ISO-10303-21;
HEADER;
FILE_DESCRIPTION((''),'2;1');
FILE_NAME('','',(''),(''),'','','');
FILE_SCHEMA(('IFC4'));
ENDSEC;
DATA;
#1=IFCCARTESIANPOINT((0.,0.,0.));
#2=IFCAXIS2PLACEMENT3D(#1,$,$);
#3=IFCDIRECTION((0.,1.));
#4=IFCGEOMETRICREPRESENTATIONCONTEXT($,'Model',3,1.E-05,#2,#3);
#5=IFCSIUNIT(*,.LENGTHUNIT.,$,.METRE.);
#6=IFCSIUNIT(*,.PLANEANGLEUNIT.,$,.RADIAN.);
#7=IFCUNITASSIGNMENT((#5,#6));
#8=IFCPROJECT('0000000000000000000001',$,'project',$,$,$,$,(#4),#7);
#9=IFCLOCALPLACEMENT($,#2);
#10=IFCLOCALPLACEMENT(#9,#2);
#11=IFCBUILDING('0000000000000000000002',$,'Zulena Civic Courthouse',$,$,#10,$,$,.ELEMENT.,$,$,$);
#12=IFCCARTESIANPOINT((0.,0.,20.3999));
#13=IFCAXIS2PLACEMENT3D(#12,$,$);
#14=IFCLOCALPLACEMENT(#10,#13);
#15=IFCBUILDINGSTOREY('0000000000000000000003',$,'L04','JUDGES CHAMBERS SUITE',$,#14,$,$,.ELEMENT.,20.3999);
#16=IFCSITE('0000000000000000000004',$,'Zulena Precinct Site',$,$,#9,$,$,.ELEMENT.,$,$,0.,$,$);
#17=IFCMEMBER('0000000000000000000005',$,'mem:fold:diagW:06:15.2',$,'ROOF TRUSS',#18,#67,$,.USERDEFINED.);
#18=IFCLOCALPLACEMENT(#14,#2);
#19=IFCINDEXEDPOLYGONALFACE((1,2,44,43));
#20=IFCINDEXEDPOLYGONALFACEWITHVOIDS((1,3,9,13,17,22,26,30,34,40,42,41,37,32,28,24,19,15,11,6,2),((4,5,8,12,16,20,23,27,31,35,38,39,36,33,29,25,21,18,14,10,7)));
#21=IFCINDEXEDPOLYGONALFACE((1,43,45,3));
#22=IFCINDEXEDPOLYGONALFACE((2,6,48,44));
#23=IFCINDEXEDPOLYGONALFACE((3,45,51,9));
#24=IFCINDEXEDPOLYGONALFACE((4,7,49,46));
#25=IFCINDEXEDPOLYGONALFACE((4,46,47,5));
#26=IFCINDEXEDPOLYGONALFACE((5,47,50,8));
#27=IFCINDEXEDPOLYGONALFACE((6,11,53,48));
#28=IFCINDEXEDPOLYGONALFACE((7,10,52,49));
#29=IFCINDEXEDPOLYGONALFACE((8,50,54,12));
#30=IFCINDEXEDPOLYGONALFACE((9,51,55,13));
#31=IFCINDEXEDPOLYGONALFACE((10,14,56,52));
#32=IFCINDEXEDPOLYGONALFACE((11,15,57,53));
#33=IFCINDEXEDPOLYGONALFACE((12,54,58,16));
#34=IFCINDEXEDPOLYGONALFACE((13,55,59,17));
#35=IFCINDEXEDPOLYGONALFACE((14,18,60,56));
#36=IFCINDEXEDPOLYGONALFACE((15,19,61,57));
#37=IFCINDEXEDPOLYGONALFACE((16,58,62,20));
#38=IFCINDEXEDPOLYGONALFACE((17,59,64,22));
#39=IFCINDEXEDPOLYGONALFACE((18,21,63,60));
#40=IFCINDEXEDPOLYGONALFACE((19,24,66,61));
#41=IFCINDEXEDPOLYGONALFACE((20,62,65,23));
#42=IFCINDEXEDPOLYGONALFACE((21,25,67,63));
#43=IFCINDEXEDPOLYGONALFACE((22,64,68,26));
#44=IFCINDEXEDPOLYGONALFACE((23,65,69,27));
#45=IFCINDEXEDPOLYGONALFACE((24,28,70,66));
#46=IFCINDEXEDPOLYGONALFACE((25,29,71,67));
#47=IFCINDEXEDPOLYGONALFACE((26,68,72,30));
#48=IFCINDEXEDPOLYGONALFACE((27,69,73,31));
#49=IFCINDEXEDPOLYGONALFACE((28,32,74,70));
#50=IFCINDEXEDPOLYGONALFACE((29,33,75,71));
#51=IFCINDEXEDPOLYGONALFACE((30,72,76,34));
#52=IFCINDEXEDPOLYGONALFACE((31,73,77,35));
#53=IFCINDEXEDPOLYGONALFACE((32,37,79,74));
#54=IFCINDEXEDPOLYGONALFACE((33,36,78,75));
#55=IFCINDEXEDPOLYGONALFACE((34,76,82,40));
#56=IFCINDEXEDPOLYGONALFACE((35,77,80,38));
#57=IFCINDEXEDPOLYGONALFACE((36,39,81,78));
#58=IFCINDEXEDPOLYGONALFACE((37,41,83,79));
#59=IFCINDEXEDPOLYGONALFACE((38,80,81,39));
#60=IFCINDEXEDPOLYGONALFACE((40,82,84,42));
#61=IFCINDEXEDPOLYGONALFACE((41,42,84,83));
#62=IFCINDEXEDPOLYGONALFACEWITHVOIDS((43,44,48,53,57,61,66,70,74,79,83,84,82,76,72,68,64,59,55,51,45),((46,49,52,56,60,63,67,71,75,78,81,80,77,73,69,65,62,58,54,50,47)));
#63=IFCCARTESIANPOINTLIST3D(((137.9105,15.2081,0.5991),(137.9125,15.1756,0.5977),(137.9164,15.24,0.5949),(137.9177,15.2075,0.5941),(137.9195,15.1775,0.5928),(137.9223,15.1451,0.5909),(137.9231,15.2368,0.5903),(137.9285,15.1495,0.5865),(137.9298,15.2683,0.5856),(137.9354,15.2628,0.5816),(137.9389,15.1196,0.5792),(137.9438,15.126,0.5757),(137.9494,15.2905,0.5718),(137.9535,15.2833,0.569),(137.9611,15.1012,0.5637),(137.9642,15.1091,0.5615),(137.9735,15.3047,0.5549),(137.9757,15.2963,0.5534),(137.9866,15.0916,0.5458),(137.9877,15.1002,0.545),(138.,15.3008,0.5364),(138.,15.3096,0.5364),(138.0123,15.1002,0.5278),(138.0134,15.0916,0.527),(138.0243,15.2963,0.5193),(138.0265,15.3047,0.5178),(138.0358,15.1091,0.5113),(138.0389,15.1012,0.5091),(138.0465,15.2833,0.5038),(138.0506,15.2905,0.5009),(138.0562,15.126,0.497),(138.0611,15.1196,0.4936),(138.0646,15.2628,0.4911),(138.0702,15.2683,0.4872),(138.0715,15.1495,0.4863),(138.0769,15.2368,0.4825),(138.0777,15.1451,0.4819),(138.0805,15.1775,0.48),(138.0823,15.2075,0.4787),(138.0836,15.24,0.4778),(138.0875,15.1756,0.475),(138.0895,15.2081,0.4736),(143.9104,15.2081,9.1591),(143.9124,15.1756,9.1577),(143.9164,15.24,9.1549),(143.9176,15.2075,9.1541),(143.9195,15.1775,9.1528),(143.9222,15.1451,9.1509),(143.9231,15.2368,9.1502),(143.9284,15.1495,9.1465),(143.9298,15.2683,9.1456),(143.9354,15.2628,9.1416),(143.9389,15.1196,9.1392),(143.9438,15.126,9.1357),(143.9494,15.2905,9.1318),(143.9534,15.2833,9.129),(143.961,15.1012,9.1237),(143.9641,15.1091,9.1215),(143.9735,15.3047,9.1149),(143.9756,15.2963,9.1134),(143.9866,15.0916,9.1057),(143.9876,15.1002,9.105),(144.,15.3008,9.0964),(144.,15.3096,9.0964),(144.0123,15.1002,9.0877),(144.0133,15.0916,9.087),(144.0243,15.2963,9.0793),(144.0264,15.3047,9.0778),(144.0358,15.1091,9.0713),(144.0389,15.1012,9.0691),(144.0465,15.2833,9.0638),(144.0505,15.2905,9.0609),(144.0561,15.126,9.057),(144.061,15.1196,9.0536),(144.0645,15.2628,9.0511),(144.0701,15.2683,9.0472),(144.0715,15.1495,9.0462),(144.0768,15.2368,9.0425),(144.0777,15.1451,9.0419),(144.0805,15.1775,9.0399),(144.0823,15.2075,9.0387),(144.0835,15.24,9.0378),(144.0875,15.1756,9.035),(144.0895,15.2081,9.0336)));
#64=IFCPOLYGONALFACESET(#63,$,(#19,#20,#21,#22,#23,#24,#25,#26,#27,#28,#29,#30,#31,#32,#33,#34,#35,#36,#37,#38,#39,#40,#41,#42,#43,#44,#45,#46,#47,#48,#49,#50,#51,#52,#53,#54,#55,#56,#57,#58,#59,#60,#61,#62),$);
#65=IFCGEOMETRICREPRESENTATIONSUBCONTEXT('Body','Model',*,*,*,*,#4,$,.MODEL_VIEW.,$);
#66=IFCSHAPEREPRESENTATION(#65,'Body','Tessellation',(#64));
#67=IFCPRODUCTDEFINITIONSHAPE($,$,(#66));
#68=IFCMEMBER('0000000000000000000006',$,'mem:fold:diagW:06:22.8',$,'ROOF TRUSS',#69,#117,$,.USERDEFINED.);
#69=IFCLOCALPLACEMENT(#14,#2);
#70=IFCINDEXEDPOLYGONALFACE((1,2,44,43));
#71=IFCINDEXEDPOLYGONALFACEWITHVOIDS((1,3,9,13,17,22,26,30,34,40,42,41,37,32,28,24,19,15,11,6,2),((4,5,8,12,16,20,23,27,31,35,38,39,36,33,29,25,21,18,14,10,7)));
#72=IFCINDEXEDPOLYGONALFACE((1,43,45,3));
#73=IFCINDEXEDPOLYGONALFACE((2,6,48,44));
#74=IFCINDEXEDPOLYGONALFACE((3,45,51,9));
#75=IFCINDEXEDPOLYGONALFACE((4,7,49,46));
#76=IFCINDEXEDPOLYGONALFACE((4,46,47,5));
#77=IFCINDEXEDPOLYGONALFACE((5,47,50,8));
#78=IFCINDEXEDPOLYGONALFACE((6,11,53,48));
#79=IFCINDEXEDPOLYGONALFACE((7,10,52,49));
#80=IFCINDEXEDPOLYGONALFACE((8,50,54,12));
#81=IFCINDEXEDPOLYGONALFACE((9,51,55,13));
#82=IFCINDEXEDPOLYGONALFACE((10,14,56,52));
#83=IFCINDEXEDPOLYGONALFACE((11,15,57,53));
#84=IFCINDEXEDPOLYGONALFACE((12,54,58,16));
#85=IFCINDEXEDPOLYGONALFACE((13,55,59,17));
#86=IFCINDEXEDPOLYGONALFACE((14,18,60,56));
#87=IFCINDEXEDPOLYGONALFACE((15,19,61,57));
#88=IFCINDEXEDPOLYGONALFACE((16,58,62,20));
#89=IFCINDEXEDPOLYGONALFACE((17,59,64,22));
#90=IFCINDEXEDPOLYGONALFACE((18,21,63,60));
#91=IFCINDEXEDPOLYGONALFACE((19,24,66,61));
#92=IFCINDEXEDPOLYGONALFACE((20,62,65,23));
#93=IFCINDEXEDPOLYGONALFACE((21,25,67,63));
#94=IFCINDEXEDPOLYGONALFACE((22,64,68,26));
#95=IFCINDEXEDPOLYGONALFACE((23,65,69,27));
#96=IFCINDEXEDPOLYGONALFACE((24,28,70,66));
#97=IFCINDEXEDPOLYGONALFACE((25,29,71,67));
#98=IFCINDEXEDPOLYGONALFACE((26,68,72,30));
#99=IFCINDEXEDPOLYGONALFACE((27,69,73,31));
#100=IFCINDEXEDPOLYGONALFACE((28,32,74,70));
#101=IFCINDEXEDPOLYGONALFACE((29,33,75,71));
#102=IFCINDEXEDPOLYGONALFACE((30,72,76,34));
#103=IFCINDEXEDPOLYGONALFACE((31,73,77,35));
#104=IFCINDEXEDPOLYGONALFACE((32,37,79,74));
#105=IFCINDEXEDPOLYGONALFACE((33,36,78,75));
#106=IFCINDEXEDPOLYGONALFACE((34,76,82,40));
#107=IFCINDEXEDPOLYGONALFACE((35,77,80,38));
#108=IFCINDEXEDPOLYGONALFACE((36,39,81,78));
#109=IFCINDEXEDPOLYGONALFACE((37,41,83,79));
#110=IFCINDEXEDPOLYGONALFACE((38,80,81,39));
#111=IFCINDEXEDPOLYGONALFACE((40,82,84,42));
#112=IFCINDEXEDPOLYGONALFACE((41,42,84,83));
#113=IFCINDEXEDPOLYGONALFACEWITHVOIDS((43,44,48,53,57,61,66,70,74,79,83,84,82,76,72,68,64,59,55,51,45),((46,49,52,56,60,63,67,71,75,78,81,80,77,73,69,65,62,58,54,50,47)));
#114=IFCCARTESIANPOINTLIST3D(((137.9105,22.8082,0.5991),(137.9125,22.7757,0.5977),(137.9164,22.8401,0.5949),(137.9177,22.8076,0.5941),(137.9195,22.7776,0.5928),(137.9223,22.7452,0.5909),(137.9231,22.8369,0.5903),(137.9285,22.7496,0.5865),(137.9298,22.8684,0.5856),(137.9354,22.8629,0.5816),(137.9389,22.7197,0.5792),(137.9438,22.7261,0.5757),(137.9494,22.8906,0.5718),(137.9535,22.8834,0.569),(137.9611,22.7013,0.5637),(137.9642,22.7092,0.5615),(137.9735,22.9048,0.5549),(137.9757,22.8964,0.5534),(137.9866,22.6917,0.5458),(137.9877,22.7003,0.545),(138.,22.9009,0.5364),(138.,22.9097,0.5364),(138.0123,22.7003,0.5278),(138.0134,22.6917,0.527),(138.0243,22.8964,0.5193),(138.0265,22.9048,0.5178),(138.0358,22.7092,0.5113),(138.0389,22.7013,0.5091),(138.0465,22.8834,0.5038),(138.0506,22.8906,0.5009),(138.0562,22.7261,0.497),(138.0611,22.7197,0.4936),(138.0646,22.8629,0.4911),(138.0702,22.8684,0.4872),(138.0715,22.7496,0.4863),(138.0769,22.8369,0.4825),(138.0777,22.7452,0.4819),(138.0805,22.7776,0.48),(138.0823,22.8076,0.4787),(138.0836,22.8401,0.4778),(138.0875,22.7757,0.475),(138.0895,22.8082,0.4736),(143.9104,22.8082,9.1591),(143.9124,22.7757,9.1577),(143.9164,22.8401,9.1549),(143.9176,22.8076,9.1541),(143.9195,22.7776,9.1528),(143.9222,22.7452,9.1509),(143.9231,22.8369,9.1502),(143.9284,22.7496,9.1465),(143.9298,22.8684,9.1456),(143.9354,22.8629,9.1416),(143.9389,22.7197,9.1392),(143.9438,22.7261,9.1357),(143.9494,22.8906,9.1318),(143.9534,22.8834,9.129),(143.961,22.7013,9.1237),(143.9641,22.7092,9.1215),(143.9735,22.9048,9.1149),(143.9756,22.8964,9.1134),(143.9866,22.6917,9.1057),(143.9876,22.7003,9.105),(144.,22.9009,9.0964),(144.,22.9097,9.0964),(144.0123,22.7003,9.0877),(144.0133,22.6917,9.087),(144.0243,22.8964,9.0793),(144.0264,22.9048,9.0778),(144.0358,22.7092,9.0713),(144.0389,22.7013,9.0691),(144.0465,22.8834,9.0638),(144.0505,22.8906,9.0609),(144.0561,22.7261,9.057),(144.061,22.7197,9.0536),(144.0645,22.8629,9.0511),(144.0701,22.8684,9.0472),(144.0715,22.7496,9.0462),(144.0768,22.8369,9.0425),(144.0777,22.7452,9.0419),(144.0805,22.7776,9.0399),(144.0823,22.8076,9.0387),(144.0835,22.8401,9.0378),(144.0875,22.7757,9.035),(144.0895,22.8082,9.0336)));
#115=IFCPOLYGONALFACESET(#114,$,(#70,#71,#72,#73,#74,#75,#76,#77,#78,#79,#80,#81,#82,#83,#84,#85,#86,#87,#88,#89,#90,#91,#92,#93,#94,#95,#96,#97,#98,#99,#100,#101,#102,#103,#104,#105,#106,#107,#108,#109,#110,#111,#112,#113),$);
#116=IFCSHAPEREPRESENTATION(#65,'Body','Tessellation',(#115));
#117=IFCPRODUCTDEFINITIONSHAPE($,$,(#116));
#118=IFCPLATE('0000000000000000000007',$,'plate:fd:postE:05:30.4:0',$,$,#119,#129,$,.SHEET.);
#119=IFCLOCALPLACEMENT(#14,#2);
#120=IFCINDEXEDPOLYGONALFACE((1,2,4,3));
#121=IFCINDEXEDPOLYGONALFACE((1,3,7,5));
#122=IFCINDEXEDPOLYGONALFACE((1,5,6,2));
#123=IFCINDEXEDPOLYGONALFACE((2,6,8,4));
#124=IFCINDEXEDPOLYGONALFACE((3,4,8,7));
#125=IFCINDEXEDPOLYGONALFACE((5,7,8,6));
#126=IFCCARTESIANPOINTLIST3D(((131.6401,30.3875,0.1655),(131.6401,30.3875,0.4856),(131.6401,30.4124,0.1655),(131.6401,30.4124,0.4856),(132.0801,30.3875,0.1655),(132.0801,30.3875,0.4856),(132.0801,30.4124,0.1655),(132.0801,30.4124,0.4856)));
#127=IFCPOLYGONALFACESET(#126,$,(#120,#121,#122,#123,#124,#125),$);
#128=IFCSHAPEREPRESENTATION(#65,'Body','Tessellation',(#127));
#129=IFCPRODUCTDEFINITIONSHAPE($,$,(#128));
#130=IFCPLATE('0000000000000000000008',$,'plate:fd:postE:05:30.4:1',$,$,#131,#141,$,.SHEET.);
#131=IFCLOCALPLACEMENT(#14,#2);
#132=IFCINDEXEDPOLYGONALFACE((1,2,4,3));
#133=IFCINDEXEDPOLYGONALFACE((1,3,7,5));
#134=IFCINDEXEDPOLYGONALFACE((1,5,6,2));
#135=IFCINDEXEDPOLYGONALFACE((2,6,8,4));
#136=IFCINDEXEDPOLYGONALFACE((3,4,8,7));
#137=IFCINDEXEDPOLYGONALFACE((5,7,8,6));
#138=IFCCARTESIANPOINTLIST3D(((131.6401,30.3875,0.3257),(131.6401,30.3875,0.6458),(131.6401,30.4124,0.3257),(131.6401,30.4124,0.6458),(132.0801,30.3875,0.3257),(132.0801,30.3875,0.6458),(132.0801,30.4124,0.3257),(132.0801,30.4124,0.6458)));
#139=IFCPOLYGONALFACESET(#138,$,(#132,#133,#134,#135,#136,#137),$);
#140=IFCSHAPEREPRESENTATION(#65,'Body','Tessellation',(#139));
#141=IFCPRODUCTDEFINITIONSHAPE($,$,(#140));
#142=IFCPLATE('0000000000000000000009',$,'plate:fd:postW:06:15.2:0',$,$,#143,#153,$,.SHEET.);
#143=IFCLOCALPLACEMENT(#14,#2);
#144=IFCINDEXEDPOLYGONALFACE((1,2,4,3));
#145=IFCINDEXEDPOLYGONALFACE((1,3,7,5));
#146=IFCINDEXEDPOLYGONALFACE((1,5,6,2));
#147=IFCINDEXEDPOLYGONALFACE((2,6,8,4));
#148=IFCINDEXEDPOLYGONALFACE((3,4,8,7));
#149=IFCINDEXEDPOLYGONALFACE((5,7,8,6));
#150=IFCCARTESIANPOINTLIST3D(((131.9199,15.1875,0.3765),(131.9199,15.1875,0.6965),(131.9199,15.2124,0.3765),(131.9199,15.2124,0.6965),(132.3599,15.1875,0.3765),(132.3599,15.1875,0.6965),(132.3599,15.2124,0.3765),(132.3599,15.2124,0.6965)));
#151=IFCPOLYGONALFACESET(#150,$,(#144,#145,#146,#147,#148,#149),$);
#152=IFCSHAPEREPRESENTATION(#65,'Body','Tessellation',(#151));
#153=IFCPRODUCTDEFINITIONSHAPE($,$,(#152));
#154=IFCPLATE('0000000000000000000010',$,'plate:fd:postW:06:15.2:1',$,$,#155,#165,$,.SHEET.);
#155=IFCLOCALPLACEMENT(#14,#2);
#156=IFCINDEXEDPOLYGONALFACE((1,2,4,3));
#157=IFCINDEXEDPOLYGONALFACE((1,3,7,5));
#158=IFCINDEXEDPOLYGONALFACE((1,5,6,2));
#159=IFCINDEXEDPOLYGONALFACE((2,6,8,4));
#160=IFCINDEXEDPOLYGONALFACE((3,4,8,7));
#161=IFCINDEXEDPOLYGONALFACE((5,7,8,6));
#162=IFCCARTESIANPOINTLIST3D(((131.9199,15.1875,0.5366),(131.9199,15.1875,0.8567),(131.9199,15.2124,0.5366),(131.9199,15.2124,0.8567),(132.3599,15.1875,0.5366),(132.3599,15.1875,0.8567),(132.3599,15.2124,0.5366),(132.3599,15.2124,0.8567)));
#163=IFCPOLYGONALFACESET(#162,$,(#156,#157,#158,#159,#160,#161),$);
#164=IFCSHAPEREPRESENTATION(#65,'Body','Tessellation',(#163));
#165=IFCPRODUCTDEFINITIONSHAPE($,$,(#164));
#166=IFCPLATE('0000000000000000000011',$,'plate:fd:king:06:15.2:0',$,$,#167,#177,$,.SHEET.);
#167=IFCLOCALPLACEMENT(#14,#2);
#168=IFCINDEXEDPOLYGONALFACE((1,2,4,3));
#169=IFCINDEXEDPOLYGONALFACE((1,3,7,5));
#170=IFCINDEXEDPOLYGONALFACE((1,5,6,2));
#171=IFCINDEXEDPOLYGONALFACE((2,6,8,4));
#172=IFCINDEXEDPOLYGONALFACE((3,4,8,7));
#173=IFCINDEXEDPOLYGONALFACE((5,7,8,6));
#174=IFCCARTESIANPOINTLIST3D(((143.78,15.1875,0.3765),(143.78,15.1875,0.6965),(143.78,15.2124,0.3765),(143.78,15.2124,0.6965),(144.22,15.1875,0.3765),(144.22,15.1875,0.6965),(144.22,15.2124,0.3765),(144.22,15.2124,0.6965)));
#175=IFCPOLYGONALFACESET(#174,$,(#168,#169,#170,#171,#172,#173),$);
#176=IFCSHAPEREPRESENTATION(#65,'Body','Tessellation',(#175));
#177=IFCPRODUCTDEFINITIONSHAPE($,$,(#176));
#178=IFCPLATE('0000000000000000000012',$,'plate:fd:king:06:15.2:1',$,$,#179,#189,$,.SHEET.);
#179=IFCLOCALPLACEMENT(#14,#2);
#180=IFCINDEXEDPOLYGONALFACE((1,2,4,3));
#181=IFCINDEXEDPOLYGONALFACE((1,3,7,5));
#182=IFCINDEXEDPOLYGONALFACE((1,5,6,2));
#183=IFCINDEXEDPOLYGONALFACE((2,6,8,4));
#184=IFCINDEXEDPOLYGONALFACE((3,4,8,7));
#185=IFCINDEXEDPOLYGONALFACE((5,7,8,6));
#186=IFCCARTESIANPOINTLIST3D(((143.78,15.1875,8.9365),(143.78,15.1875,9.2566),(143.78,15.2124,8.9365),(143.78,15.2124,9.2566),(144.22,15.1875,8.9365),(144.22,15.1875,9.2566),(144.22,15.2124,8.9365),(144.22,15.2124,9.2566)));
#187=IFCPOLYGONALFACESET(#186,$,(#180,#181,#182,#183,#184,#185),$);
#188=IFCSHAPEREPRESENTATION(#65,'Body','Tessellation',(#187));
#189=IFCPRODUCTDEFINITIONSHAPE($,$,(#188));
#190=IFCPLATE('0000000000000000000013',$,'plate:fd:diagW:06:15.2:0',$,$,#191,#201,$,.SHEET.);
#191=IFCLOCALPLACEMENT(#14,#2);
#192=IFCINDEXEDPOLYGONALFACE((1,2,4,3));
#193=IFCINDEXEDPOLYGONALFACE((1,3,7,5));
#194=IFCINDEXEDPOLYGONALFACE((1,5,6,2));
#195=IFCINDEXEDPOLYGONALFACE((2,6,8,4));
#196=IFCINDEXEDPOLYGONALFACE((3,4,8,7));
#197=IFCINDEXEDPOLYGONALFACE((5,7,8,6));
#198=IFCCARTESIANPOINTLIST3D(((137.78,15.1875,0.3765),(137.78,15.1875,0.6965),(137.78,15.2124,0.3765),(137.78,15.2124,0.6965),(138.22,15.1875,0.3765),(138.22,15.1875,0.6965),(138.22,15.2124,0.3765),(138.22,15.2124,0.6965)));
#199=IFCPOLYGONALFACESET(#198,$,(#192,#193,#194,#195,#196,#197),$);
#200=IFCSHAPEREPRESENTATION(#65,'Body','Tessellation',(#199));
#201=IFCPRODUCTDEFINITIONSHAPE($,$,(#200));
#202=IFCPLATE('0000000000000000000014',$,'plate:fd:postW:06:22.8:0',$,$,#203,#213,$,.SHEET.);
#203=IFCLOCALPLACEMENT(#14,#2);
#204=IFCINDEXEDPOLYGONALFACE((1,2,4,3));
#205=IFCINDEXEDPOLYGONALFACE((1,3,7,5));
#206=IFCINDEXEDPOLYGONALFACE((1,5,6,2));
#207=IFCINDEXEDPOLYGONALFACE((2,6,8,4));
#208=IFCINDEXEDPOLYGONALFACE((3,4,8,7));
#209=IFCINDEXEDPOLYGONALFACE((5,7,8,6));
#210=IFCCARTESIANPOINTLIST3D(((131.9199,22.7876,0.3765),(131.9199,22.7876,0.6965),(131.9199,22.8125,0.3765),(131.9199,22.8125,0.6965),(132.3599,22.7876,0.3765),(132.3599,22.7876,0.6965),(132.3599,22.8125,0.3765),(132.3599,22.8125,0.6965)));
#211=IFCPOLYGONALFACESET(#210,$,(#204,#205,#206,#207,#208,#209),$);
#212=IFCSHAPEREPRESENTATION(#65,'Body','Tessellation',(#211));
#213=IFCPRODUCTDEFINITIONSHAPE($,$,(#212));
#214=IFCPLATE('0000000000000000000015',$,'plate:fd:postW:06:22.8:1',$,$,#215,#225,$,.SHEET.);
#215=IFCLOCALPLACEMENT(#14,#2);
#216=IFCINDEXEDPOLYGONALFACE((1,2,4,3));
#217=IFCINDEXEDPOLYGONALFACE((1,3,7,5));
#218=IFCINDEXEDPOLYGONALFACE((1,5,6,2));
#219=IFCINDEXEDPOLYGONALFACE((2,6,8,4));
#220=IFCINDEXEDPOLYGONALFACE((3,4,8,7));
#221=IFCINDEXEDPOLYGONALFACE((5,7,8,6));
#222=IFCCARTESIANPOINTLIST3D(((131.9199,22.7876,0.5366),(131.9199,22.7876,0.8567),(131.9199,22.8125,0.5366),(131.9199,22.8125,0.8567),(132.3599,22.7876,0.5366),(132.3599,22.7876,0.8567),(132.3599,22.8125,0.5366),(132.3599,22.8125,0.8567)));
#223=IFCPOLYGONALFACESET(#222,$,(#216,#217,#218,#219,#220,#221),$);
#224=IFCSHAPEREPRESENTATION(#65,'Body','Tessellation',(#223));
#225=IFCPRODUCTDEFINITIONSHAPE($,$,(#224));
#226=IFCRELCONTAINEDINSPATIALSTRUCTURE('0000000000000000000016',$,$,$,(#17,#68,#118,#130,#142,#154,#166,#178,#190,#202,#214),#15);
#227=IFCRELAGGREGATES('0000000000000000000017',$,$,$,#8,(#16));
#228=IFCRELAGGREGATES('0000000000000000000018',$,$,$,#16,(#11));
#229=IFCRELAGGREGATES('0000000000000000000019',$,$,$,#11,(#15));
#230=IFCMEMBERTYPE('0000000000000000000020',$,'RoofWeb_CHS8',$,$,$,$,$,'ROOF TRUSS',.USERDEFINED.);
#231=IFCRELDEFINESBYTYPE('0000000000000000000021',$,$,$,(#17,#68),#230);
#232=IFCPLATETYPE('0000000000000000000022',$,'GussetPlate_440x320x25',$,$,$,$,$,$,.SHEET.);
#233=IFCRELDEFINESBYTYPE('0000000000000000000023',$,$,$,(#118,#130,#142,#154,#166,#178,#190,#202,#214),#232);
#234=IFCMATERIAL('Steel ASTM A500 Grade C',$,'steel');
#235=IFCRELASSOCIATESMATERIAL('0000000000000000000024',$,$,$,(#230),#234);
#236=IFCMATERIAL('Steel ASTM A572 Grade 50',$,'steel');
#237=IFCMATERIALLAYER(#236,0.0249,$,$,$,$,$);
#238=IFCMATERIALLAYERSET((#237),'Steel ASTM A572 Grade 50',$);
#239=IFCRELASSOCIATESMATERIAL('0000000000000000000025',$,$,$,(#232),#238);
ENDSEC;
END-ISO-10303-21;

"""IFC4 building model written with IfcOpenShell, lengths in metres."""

from ifc_helpers import new_model, si_unit, direction, frame, origin, origin_2d, place, context, subcontext, project, spatial, rectangle, hollow_circle, extrude, material, layer, layer_set, material_profile, profile_set, type_object, element, save


model = new_model("IFC4")

# Units and contexts
model_context = context("Model", 3, precision=1e-05, world=origin(), true_north=direction((0.0, 1.0)))
body_context = subcontext(model_context, "Body", "Model", "MODEL_VIEW")
ifc_project = project(units=[si_unit("LENGTHUNIT", "METRE"), si_unit("PLANEANGLEUNIT", "RADIAN")], contexts=[model_context])

# Site, building, storey
site_placement = place(None, origin())
site = spatial("IfcSite", under=ifc_project, at=site_placement, Name="Zulena Precinct Site", CompositionType="ELEMENT", RefElevation=0.0)
building_placement = place(site_placement, origin())
building = spatial("IfcBuilding", under=site, at=building_placement, Name="Zulena Civic Courthouse", CompositionType="ELEMENT")
storey_placement = place(building_placement, frame((0.0, 0.0, 20.3999)))
storey = spatial("IfcBuildingStorey", under=building, at=storey_placement, Name="L04", Description="JUDGES CHAMBERS SUITE", CompositionType="ELEMENT", Elevation=20.3999)

# Members
ifc_material_1 = material(Name="Steel ASTM A500 Grade C", Category="steel")
ifc_material_profile_1 = material_profile(ifc_material_1, hollow_circle(Radius=0.1096, WallThickness=0.0088, at=origin_2d()), Name="HSS8.625X0.375")
ifc_profile_set_1 = profile_set([ifc_material_profile_1], Name="Steel ASTM A500 Grade C")
member_type_1 = type_object("IfcMemberType", Name="RoofWeb_CHS8", ElementType="ROOF TRUSS", PredefinedType="USERDEFINED", material=ifc_profile_set_1)
for number, where, z_axis, x_axis, name in (
    (1, (138.0, 15.2, 0.5364), (0.573973, 0.0, 0.818874), (0.0, 1.0, 0.0), "mem:fold:diagW:06:15.2"),
    (2, (138.0, 22.8, 0.5364), (0.573973, 0.0, 0.818874), (0.0, 1.0, 0.0), "mem:fold:diagW:06:22.8"),
):
    element("IfcMember", number, at=place(storey_placement, frame(where, z_axis=z_axis, x_axis=x_axis)), inside=storey, type_object=member_type_1, Name=name, ObjectType="ROOF TRUSS", PredefinedType="USERDEFINED", context=body_context, shape_type="SweptSolid", body=[
        extrude(hollow_circle(Radius=0.1096, WallThickness=0.0088, at=origin_2d()), origin(), (0.0, 0.0, 1.0), 10.4534),
    ])

# Plates
ifc_material_2 = material(Name="Steel ASTM A572 Grade 50", Category="steel")
ifc_layer = layer(ifc_material_2, 0.0249)
ifc_layer_set = layer_set([ifc_layer], Name="Steel ASTM A572 Grade 50")
plate_type = type_object("IfcPlateType", Name="GussetPlate_440x320x25", PredefinedType="SHEET", material=ifc_layer_set)
for number, where, z_axis, x_axis, name in (
    (3, (131.8601, 30.3999, 0.1655), (0.0, 0.0, 1.0), (1.0, 0.0, 0.0), "plate:fd:postE:05:30.4:0"),
    (4, (131.8601, 30.3999, 0.3257), (0.0, 0.0, 1.0), (1.0, 0.0, 0.0), "plate:fd:postE:05:30.4:1"),
    (5, (132.1399, 15.2, 0.3765), (0.0, 0.0, 1.0), (1.0, 0.0, 0.0), "plate:fd:postW:06:15.2:0"),
    (6, (132.1399, 15.2, 0.5366), (0.0, 0.0, 1.0), (1.0, 0.0, 0.0), "plate:fd:postW:06:15.2:1"),
    (7, (144.0, 15.2, 0.3765), (0.0, 0.0, 1.0), (1.0, 0.0, 0.0), "plate:fd:king:06:15.2:0"),
    (8, (144.0, 15.2, 8.9365), (0.0, 0.0, 1.0), (1.0, 0.0, 0.0), "plate:fd:king:06:15.2:1"),
    (9, (138.0, 15.2, 0.3765), (0.0, 0.0, 1.0), (1.0, 0.0, 0.0), "plate:fd:diagW:06:15.2:0"),
    (10, (132.1399, 22.8, 0.3765), (0.0, 0.0, 1.0), (1.0, 0.0, 0.0), "plate:fd:postW:06:22.8:0"),
    (11, (132.1399, 22.8, 0.5366), (0.0, 0.0, 1.0), (1.0, 0.0, 0.0), "plate:fd:postW:06:22.8:1"),
):
    element("IfcPlate", number, at=place(storey_placement, frame(where, z_axis=z_axis, x_axis=x_axis)), inside=storey, type_object=plate_type, Name=name, PredefinedType="SHEET", context=body_context, shape_type="SweptSolid", body=[
        extrude(rectangle(XDim=0.4399, YDim=0.0249, at=origin_2d()), origin(), (0.0, 0.0, 1.0), 0.3201),
    ])

save(model, "model.ifc")
